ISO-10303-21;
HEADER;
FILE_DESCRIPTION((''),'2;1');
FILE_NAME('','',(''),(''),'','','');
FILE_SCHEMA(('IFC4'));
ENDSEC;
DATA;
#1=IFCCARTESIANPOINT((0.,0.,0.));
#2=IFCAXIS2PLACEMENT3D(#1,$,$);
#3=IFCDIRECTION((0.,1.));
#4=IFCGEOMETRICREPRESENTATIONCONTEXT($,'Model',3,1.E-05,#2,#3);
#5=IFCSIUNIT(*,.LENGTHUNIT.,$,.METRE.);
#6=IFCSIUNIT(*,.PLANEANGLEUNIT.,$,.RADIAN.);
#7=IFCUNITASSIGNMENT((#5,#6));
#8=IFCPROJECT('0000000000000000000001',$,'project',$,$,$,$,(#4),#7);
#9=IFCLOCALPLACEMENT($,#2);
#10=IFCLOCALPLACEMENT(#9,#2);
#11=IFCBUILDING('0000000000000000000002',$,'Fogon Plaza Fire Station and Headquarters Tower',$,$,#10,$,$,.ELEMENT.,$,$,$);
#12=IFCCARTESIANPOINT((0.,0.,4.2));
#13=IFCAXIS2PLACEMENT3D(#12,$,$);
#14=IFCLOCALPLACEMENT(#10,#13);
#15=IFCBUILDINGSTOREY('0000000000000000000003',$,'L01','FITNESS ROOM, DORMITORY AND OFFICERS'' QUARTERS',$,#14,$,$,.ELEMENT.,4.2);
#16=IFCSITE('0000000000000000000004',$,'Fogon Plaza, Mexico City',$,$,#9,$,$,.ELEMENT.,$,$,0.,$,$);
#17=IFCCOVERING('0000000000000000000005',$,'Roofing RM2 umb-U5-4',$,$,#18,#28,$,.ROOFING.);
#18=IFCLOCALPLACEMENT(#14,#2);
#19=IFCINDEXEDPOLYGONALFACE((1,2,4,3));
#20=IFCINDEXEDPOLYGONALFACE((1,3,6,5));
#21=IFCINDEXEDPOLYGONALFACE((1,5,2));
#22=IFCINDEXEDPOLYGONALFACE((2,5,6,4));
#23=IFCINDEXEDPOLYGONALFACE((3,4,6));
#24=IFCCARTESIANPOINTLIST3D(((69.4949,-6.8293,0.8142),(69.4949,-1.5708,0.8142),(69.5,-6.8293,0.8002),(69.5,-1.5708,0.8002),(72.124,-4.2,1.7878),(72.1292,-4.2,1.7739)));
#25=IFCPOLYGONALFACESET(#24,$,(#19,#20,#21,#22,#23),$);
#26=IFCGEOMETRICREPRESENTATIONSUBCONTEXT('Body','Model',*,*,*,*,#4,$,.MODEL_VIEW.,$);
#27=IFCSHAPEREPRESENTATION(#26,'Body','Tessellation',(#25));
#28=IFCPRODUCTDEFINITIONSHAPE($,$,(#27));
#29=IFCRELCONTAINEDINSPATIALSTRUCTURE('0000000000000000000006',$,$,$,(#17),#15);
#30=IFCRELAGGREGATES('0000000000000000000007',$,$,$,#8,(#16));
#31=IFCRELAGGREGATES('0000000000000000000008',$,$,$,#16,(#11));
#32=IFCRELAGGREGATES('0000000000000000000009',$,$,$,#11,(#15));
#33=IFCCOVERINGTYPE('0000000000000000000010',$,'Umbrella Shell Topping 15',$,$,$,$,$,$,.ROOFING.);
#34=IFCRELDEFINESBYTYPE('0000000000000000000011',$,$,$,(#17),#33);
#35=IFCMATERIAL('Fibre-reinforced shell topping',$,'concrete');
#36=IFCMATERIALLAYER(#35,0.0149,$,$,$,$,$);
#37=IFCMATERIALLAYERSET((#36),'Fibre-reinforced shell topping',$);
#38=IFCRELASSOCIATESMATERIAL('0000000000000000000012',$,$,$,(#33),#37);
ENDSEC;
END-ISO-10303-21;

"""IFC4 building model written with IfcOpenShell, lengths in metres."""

from ifc_helpers import new_model, si_unit, direction, frame, origin, place, context, subcontext, project, spatial, polyline, outline, extrude, material, layer, layer_set, type_object, element, save


model = new_model("IFC4")

# Units and contexts
model_context = context("Model", 3, precision=1e-05, world=origin(), true_north=direction((0.0, 1.0)))
body_context = subcontext(model_context, "Body", "Model", "MODEL_VIEW")
ifc_project = project(units=[si_unit("LENGTHUNIT", "METRE"), si_unit("PLANEANGLEUNIT", "RADIAN")], contexts=[model_context])

# Site, building, storey
site_placement = place(None, origin())
site = spatial("IfcSite", under=ifc_project, at=site_placement, Name="Fogon Plaza, Mexico City", CompositionType="ELEMENT", RefElevation=0.0)
building_placement = place(site_placement, origin())
building = spatial("IfcBuilding", under=site, at=building_placement, Name="Fogon Plaza Fire Station and Headquarters Tower", CompositionType="ELEMENT")
storey_placement = place(building_placement, frame((0.0, 0.0, 4.2)))
storey = spatial("IfcBuildingStorey", under=building, at=storey_placement, Name="L01", Description="FITNESS ROOM, DORMITORY AND OFFICERS' QUARTERS", CompositionType="ELEMENT", Elevation=4.2)

# Covering
ifc_material_1 = material(Name="Fibre-reinforced shell topping", Category="concrete")
ifc_layer_1 = layer(ifc_material_1, 0.0149)
ifc_layer_set_1 = layer_set([ifc_layer_1], Name="Fibre-reinforced shell topping")
covering_type = type_object("IfcCoveringType", Name="Umbrella Shell Topping 15", PredefinedType="ROOFING", material=ifc_layer_set_1)
covering_1_placement = place(storey_placement, frame((69.4949, -1.5708, 0.8142), z_axis=(-0.347275, 0.0, 0.937763), x_axis=(0.684043, -0.684043, 0.253316)))
element("IfcCovering", 1, at=covering_1_placement, inside=storey, type_object=covering_type, Name="Roofing RM2 umb-U5-4", PredefinedType="ROOFING", context=body_context, shape_type="SweptSolid", body=[
    extrude(outline(polyline([(0.0, 0.0), (3.8435, 0.0), (3.5971, -3.8358), (0.0, 0.0)])), origin(), (0.0, 0.0, -1.0), 0.0149),
])

save(model, "model.ifc")
